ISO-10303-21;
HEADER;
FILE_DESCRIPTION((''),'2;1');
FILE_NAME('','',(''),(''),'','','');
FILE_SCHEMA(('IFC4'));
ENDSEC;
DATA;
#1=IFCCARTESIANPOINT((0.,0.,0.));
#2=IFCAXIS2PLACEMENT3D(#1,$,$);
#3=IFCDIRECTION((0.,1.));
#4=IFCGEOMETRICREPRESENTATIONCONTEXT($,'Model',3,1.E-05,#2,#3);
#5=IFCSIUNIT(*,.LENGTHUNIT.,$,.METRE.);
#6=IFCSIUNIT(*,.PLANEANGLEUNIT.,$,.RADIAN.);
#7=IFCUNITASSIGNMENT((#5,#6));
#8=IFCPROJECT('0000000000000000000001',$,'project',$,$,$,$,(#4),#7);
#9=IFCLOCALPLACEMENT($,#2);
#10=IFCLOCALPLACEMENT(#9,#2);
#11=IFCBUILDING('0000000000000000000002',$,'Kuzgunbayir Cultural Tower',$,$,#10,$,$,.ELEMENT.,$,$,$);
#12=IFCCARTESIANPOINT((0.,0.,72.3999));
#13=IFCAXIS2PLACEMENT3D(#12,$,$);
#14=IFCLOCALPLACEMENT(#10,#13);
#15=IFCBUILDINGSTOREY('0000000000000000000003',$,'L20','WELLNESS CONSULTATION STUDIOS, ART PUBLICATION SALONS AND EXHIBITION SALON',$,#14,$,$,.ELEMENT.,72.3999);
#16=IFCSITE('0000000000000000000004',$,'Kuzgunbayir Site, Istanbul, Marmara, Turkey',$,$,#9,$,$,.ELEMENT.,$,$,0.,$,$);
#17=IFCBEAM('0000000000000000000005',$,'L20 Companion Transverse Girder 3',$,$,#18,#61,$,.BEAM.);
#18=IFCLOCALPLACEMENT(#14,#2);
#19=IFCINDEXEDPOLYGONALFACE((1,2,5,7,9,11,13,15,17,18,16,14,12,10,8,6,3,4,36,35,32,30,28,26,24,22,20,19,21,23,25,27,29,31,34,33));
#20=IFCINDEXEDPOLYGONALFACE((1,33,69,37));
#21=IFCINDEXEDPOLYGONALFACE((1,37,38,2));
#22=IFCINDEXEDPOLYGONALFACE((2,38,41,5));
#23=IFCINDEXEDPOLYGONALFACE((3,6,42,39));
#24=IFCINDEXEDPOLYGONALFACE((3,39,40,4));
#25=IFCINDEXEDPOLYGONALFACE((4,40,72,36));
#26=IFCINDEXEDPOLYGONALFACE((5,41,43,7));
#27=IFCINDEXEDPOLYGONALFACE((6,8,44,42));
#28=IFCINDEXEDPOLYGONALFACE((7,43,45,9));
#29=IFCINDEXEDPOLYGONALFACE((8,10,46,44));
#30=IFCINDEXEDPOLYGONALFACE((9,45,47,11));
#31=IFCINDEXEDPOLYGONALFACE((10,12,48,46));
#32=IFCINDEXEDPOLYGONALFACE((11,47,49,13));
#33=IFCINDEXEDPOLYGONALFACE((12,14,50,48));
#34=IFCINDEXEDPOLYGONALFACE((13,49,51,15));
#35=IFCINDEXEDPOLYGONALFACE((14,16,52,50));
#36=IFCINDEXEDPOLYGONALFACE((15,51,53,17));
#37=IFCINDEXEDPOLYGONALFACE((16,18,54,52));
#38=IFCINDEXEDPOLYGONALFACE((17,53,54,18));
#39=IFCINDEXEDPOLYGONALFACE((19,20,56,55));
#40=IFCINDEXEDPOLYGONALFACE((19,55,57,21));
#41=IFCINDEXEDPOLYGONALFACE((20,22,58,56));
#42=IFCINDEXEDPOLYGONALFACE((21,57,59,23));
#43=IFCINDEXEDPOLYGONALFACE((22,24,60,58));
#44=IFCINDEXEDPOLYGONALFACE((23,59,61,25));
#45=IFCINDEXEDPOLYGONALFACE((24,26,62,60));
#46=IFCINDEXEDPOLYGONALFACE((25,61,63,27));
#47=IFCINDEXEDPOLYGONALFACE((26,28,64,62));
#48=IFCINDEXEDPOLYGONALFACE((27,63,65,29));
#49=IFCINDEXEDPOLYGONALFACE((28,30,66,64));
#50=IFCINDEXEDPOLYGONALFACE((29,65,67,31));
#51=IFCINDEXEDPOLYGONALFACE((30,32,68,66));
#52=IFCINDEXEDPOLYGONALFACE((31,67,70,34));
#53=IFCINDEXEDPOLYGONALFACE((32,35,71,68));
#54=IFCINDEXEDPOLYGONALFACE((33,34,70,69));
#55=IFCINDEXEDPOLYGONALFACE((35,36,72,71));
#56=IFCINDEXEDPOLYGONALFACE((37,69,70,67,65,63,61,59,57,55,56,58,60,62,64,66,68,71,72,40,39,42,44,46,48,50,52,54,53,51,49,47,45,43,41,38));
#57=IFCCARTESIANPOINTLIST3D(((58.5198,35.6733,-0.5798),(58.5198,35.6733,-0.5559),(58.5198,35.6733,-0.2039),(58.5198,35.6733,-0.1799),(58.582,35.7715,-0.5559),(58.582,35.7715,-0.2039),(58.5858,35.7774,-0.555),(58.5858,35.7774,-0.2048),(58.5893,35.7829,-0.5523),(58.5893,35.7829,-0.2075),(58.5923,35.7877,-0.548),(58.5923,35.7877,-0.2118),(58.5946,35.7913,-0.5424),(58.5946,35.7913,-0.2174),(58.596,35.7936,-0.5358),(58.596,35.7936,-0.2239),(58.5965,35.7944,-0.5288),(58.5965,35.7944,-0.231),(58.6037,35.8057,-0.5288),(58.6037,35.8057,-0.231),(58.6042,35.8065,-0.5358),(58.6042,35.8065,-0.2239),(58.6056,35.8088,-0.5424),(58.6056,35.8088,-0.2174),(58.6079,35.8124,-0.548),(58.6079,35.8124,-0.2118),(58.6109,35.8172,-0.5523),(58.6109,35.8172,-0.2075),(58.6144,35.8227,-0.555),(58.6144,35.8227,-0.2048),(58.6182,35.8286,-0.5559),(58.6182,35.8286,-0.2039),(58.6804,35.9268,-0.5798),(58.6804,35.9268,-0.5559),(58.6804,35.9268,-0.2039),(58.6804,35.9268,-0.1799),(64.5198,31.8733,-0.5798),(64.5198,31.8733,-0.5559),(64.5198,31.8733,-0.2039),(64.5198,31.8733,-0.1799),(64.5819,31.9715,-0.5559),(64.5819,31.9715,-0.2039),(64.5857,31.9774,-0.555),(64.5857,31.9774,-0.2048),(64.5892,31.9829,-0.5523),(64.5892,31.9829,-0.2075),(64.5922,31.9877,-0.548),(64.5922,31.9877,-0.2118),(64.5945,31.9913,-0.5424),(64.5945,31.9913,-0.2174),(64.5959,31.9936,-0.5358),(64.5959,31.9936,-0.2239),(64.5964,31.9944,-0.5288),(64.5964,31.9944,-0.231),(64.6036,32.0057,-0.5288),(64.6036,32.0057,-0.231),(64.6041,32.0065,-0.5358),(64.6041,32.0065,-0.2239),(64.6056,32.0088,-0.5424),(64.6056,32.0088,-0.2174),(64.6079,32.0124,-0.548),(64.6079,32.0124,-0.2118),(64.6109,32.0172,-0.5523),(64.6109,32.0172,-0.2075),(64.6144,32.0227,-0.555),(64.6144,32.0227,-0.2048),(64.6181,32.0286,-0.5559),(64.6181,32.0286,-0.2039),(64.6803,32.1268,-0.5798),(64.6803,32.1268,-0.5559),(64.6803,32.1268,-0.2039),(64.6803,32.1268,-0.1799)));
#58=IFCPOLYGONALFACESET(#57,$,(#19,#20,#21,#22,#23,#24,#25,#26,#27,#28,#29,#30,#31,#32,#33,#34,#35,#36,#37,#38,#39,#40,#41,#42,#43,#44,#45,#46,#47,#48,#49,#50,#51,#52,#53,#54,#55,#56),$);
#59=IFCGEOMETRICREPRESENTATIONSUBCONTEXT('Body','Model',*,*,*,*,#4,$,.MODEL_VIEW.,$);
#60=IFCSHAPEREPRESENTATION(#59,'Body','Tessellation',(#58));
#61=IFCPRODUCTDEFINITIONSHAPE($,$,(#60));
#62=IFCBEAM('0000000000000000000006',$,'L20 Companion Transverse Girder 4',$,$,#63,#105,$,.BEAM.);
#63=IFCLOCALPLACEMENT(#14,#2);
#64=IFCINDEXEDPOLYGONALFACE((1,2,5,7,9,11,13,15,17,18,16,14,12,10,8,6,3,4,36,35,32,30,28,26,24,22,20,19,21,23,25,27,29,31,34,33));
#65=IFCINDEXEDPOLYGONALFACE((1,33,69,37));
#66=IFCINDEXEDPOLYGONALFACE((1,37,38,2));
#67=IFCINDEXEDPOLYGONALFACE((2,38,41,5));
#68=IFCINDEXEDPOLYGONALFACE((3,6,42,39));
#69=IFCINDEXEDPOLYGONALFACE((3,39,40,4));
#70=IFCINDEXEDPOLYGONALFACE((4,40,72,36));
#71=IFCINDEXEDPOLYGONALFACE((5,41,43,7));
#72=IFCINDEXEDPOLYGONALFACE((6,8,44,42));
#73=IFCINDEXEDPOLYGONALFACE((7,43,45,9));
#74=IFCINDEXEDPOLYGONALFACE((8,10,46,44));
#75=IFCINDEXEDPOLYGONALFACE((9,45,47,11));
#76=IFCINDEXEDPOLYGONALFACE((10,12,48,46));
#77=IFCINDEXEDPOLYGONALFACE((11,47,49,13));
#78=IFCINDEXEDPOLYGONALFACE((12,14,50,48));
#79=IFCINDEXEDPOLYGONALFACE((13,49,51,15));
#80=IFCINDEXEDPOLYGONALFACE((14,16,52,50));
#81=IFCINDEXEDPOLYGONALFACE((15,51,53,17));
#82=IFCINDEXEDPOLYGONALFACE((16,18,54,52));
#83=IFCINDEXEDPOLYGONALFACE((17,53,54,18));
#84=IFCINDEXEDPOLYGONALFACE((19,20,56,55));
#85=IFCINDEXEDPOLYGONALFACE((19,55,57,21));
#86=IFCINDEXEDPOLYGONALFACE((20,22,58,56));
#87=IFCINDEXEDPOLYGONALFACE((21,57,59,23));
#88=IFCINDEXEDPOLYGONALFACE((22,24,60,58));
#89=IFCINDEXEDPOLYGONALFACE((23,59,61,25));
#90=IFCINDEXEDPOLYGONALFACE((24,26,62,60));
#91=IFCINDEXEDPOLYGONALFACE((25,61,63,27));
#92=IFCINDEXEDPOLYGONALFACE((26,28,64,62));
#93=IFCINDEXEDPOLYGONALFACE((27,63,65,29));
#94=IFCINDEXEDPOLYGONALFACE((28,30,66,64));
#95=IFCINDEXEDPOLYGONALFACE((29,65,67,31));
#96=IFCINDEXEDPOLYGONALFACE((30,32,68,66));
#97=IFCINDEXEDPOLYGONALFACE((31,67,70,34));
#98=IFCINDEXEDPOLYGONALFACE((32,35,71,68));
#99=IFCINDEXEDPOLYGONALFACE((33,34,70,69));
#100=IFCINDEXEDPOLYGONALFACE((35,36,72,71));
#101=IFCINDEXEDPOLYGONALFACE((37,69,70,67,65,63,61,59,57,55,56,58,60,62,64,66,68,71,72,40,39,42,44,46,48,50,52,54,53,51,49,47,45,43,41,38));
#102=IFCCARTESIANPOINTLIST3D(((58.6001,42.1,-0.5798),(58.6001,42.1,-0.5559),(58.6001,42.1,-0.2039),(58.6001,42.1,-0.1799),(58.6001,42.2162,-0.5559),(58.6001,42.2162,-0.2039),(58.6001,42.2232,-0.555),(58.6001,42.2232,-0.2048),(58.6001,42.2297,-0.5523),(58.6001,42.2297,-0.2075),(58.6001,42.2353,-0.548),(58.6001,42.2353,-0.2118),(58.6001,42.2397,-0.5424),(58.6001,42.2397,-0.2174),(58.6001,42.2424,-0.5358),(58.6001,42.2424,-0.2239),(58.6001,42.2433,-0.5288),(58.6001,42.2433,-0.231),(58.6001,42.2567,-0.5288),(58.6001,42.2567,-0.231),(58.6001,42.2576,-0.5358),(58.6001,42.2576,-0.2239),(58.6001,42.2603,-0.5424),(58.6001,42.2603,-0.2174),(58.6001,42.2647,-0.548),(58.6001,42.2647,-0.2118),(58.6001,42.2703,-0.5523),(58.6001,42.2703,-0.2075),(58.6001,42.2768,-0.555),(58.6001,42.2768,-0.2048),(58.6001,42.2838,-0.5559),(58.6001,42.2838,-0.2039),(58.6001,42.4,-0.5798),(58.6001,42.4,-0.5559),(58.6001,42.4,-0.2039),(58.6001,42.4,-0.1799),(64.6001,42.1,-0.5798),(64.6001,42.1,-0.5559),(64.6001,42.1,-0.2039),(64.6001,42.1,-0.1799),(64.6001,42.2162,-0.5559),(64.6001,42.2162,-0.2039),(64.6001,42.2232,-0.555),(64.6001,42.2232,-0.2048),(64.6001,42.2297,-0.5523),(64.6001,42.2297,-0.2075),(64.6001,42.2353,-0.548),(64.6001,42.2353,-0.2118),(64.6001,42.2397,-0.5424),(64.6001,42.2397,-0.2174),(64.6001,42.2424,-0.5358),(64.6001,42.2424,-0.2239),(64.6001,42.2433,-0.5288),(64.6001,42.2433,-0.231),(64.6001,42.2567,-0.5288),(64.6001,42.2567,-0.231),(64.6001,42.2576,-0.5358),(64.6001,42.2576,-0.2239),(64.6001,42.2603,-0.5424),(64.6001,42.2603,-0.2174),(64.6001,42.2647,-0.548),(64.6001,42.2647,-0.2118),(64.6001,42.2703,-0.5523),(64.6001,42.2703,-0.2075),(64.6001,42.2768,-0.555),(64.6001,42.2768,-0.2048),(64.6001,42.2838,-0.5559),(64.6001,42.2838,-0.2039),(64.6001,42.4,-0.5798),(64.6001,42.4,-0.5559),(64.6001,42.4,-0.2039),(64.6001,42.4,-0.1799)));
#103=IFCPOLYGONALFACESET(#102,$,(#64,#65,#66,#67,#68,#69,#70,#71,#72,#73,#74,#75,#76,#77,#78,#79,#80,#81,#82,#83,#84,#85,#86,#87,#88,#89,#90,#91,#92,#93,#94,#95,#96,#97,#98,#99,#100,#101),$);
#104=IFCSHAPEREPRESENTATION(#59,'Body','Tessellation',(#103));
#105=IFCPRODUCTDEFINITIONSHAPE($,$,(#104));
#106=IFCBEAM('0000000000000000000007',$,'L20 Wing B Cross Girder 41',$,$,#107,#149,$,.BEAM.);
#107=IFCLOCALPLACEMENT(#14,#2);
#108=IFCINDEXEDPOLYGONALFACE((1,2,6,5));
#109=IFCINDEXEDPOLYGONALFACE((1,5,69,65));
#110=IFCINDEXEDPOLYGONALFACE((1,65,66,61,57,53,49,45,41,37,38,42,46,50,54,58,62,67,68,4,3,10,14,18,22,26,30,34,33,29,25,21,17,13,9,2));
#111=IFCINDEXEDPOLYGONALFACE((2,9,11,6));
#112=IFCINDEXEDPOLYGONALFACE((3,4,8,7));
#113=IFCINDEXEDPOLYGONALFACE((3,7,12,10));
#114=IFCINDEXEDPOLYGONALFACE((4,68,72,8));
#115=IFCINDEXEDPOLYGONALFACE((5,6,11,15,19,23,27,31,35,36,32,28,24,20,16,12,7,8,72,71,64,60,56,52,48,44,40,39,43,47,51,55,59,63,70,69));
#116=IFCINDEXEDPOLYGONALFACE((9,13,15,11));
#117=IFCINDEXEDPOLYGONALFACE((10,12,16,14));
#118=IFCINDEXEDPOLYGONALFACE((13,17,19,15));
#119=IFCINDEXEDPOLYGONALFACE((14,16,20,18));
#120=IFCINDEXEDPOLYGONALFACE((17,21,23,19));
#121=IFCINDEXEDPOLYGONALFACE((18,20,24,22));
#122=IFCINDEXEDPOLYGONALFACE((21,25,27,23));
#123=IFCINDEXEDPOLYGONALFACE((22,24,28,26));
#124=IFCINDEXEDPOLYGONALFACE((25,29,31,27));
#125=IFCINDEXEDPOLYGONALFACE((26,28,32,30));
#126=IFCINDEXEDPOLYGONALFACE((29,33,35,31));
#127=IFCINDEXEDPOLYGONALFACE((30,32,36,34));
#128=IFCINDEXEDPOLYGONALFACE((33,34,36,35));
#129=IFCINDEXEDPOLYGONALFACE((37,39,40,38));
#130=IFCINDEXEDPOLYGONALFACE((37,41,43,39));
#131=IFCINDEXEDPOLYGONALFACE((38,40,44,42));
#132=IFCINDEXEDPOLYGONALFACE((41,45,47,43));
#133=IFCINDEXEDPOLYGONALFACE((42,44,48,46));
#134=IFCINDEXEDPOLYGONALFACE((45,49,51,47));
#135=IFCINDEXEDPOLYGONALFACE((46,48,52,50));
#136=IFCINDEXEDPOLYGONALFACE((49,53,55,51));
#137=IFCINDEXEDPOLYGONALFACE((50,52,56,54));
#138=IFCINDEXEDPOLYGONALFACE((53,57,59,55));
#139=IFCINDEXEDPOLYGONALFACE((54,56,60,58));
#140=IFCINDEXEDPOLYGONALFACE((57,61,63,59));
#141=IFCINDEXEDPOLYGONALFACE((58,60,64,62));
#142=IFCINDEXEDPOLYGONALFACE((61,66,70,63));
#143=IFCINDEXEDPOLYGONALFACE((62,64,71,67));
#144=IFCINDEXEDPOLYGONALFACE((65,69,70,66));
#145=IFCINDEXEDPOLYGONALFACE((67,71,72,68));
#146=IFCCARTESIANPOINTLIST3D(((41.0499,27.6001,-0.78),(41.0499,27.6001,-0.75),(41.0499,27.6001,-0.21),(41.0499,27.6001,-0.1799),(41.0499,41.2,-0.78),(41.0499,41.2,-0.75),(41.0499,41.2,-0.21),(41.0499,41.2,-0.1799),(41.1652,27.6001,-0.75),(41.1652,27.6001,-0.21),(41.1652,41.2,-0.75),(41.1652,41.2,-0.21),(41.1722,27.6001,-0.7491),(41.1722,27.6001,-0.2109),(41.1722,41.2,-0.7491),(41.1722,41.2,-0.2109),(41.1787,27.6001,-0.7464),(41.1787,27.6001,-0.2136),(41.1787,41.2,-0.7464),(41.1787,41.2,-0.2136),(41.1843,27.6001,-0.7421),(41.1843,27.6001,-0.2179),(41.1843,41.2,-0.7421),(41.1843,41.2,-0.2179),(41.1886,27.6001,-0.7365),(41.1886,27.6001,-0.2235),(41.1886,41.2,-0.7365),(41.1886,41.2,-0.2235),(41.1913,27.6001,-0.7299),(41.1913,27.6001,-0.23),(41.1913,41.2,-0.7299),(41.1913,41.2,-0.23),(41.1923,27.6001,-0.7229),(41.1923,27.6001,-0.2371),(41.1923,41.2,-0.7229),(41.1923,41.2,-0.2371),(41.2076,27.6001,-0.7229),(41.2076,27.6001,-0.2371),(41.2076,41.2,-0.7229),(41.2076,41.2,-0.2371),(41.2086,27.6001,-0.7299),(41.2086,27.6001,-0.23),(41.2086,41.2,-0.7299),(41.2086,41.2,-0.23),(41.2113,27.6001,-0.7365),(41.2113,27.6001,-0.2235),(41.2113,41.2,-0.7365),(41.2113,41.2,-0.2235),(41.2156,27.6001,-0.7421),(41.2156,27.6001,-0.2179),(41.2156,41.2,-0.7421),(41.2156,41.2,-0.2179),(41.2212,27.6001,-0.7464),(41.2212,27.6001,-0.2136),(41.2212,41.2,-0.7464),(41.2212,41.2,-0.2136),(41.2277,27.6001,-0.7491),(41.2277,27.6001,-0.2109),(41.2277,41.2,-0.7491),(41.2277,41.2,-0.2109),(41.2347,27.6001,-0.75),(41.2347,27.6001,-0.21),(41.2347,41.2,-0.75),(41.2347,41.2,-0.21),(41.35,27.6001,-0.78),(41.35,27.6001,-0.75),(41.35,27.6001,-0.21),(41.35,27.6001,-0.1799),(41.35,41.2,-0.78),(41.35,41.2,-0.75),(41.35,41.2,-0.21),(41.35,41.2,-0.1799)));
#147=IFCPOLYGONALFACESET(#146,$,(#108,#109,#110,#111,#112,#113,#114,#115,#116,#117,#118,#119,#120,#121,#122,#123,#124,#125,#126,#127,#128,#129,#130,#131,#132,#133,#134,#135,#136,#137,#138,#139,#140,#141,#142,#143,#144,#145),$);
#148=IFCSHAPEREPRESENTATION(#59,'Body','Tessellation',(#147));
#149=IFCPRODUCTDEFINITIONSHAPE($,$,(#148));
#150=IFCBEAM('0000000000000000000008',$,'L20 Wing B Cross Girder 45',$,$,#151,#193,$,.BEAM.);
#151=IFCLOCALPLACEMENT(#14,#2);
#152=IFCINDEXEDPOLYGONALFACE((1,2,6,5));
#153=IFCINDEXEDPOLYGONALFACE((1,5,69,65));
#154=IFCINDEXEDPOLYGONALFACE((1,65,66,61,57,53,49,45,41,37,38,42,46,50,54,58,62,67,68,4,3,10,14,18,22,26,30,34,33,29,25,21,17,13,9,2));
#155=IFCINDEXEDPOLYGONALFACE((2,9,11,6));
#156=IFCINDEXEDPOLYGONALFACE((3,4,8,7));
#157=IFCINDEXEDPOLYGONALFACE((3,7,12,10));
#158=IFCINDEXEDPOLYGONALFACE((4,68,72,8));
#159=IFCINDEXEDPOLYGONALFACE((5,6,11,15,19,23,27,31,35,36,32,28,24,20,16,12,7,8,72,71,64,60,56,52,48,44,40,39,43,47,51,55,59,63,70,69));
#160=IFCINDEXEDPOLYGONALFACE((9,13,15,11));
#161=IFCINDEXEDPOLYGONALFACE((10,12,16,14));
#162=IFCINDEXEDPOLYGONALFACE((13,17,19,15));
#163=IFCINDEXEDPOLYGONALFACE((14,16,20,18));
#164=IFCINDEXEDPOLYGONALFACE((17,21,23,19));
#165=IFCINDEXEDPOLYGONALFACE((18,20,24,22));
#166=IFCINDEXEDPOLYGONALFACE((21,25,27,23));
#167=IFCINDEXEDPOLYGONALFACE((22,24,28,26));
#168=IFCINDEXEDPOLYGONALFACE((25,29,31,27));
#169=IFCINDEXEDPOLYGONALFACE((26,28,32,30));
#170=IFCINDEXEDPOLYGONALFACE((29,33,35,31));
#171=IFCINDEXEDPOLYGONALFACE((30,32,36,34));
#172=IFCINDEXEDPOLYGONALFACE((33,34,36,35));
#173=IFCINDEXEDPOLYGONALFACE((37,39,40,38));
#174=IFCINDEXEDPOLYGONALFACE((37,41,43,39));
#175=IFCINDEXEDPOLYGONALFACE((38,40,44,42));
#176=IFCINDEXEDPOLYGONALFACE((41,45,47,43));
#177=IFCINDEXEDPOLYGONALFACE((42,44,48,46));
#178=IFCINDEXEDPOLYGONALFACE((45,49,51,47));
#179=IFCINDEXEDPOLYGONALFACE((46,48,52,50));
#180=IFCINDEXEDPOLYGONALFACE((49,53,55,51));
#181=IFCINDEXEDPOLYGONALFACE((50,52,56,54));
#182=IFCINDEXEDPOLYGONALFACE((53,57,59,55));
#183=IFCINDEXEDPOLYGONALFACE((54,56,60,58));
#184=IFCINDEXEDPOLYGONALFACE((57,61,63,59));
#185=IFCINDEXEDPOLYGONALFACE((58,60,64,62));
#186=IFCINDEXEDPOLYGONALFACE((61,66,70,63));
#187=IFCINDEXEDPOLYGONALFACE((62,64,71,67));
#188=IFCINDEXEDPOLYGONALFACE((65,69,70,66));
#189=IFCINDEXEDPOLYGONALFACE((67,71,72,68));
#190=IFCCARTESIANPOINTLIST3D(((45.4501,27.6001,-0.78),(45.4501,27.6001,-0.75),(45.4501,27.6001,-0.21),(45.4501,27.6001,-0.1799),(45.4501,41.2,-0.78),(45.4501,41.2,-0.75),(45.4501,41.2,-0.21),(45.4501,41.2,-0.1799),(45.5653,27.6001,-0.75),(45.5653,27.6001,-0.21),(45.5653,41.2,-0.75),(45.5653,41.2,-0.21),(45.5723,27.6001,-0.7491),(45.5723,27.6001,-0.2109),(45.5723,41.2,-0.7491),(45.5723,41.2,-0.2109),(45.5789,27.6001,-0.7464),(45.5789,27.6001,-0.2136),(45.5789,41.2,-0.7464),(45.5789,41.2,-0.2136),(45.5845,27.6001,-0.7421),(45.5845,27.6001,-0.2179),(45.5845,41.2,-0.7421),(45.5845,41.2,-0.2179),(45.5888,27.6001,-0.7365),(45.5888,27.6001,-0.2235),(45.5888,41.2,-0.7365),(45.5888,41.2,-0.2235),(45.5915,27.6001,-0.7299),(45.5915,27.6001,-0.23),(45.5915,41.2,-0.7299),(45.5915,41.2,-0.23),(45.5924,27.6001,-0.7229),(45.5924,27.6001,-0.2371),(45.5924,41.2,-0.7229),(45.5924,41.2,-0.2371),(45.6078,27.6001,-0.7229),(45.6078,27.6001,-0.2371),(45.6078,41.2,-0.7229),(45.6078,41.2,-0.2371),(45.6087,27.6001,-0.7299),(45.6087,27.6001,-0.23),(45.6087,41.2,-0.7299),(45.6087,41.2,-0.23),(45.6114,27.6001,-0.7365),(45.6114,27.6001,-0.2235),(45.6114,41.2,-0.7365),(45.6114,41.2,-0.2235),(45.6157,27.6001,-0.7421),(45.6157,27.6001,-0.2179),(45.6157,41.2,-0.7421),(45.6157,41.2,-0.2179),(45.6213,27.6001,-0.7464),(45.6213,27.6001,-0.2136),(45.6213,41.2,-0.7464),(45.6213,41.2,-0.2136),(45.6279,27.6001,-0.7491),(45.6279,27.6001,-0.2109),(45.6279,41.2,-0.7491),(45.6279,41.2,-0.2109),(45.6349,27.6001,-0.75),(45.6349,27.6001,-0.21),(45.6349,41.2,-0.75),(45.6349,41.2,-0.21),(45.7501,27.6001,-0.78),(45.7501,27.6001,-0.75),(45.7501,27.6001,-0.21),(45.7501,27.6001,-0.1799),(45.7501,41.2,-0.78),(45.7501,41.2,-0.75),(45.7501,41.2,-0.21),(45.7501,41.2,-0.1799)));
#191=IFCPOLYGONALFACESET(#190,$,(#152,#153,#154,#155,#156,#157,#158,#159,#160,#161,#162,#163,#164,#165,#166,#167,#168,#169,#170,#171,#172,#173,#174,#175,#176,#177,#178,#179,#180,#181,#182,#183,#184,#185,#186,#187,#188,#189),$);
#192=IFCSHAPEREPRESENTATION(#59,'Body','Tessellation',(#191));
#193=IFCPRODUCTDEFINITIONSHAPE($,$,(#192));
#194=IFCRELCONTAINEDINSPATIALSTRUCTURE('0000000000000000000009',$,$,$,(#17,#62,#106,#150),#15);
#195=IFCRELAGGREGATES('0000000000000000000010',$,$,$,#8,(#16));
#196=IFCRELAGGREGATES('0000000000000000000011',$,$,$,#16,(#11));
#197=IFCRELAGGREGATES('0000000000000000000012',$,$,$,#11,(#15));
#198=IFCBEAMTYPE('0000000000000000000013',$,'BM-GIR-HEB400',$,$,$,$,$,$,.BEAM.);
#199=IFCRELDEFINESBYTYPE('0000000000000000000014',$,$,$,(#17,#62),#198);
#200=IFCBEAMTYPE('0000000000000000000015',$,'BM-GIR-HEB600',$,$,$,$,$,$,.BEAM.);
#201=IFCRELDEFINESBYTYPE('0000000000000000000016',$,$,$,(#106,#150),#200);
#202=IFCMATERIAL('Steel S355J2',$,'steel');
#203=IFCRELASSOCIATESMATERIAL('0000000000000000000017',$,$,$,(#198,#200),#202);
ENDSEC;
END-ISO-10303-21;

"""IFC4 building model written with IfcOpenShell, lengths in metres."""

from ifc_helpers import new_model, si_unit, direction, frame, origin, origin_2d, place, context, subcontext, project, spatial, i_section, extrude, material, material_profile, profile_set, type_object, element, save


model = new_model("IFC4")

# Units and contexts
model_context = context("Model", 3, precision=1e-05, world=origin(), true_north=direction((0.0, 1.0)))
body_context = subcontext(model_context, "Body", "Model", "MODEL_VIEW")
ifc_project = project(units=[si_unit("LENGTHUNIT", "METRE"), si_unit("PLANEANGLEUNIT", "RADIAN")], contexts=[model_context])

# Site, building, storey
site_placement = place(None, origin())
site = spatial("IfcSite", under=ifc_project, at=site_placement, Name="Kuzgunbayir Site, Istanbul, Marmara, Turkey", CompositionType="ELEMENT", RefElevation=0.0)
building_placement = place(site_placement, origin())
building = spatial("IfcBuilding", under=site, at=building_placement, Name="Kuzgunbayir Cultural Tower", CompositionType="ELEMENT")
storey_placement = place(building_placement, frame((0.0, 0.0, 72.3999)))
storey = spatial("IfcBuildingStorey", under=building, at=storey_placement, Name="L20", Description="WELLNESS CONSULTATION STUDIOS, ART PUBLICATION SALONS AND EXHIBITION SALON", CompositionType="ELEMENT", Elevation=72.3999)

# Beams
ifc_material_1 = material(Name="Steel S355J2", Category="steel")
ifc_material_profile_1 = material_profile(ifc_material_1, i_section(OverallWidth=0.3, OverallDepth=0.3999, WebThickness=0.0134, FlangeThickness=0.0239, FilletRadius=0.0271, at=origin_2d()), Name="HEB 400")
ifc_profile_set_1 = profile_set([ifc_material_profile_1], Name="Steel S355J2")
beam_type_1 = type_object("IfcBeamType", Name="BM-GIR-HEB400", PredefinedType="BEAM", material=ifc_profile_set_1)
beam_1_placement = place(storey_placement, frame((58.6001, 35.8, -0.3799), z_axis=(0.844816, -0.535057, 0.0), x_axis=(0.535057, 0.844816, 0.0)))
element("IfcBeam", 1, at=beam_1_placement, inside=storey, type_object=beam_type_1, Name="L20 Companion Transverse Girder 3", PredefinedType="BEAM", context=body_context, shape_type="SweptSolid", body=[
    extrude(i_section(OverallWidth=0.3, OverallDepth=0.3999, WebThickness=0.0134, FlangeThickness=0.0239, FilletRadius=0.0271, at=origin_2d()), origin(), (0.0, 0.0, 1.0), 7.1021),
])
beam_2_placement = place(storey_placement, frame((58.6001, 42.25, -0.3799), z_axis=(1.0, 0.0, 0.0), x_axis=(0.0, 1.0, 0.0)))
element("IfcBeam", 2, at=beam_2_placement, inside=storey, type_object=beam_type_1, Name="L20 Companion Transverse Girder 4", PredefinedType="BEAM", context=body_context, shape_type="SweptSolid", body=[
    extrude(i_section(OverallWidth=0.3, OverallDepth=0.3999, WebThickness=0.0134, FlangeThickness=0.0239, FilletRadius=0.0271, at=origin_2d()), origin(), (0.0, 0.0, 1.0), 6.0),
])
ifc_material_profile_2 = material_profile(ifc_material_1, i_section(OverallWidth=0.3, OverallDepth=0.6001, WebThickness=0.0154, FlangeThickness=0.03, FilletRadius=0.0271, at=origin_2d()), Name="HEB 600")
ifc_profile_set_2 = profile_set([ifc_material_profile_2], Name="Steel S355J2")
beam_type_2 = type_object("IfcBeamType", Name="BM-GIR-HEB600", PredefinedType="BEAM", material=ifc_profile_set_2)
for number, where, z_axis, x_axis, name in (
    (3, (41.2, 27.6001, -0.48), (0.0, 1.0, 0.0), (-1.0, 0.0, 0.0), "L20 Wing B Cross Girder 41"),
    (4, (45.6001, 27.6001, -0.48), (0.0, 1.0, 0.0), (-1.0, 0.0, 0.0), "L20 Wing B Cross Girder 45"),
):
    element("IfcBeam", number, at=place(storey_placement, frame(where, z_axis=z_axis, x_axis=x_axis)), inside=storey, type_object=beam_type_2, Name=name, PredefinedType="BEAM", context=body_context, shape_type="SweptSolid", body=[
        extrude(i_section(OverallWidth=0.3, OverallDepth=0.6001, WebThickness=0.0154, FlangeThickness=0.03, FilletRadius=0.0271, at=origin_2d()), origin(), (0.0, 0.0, 1.0), 13.5999),
    ])

save(model, "model.ifc")
